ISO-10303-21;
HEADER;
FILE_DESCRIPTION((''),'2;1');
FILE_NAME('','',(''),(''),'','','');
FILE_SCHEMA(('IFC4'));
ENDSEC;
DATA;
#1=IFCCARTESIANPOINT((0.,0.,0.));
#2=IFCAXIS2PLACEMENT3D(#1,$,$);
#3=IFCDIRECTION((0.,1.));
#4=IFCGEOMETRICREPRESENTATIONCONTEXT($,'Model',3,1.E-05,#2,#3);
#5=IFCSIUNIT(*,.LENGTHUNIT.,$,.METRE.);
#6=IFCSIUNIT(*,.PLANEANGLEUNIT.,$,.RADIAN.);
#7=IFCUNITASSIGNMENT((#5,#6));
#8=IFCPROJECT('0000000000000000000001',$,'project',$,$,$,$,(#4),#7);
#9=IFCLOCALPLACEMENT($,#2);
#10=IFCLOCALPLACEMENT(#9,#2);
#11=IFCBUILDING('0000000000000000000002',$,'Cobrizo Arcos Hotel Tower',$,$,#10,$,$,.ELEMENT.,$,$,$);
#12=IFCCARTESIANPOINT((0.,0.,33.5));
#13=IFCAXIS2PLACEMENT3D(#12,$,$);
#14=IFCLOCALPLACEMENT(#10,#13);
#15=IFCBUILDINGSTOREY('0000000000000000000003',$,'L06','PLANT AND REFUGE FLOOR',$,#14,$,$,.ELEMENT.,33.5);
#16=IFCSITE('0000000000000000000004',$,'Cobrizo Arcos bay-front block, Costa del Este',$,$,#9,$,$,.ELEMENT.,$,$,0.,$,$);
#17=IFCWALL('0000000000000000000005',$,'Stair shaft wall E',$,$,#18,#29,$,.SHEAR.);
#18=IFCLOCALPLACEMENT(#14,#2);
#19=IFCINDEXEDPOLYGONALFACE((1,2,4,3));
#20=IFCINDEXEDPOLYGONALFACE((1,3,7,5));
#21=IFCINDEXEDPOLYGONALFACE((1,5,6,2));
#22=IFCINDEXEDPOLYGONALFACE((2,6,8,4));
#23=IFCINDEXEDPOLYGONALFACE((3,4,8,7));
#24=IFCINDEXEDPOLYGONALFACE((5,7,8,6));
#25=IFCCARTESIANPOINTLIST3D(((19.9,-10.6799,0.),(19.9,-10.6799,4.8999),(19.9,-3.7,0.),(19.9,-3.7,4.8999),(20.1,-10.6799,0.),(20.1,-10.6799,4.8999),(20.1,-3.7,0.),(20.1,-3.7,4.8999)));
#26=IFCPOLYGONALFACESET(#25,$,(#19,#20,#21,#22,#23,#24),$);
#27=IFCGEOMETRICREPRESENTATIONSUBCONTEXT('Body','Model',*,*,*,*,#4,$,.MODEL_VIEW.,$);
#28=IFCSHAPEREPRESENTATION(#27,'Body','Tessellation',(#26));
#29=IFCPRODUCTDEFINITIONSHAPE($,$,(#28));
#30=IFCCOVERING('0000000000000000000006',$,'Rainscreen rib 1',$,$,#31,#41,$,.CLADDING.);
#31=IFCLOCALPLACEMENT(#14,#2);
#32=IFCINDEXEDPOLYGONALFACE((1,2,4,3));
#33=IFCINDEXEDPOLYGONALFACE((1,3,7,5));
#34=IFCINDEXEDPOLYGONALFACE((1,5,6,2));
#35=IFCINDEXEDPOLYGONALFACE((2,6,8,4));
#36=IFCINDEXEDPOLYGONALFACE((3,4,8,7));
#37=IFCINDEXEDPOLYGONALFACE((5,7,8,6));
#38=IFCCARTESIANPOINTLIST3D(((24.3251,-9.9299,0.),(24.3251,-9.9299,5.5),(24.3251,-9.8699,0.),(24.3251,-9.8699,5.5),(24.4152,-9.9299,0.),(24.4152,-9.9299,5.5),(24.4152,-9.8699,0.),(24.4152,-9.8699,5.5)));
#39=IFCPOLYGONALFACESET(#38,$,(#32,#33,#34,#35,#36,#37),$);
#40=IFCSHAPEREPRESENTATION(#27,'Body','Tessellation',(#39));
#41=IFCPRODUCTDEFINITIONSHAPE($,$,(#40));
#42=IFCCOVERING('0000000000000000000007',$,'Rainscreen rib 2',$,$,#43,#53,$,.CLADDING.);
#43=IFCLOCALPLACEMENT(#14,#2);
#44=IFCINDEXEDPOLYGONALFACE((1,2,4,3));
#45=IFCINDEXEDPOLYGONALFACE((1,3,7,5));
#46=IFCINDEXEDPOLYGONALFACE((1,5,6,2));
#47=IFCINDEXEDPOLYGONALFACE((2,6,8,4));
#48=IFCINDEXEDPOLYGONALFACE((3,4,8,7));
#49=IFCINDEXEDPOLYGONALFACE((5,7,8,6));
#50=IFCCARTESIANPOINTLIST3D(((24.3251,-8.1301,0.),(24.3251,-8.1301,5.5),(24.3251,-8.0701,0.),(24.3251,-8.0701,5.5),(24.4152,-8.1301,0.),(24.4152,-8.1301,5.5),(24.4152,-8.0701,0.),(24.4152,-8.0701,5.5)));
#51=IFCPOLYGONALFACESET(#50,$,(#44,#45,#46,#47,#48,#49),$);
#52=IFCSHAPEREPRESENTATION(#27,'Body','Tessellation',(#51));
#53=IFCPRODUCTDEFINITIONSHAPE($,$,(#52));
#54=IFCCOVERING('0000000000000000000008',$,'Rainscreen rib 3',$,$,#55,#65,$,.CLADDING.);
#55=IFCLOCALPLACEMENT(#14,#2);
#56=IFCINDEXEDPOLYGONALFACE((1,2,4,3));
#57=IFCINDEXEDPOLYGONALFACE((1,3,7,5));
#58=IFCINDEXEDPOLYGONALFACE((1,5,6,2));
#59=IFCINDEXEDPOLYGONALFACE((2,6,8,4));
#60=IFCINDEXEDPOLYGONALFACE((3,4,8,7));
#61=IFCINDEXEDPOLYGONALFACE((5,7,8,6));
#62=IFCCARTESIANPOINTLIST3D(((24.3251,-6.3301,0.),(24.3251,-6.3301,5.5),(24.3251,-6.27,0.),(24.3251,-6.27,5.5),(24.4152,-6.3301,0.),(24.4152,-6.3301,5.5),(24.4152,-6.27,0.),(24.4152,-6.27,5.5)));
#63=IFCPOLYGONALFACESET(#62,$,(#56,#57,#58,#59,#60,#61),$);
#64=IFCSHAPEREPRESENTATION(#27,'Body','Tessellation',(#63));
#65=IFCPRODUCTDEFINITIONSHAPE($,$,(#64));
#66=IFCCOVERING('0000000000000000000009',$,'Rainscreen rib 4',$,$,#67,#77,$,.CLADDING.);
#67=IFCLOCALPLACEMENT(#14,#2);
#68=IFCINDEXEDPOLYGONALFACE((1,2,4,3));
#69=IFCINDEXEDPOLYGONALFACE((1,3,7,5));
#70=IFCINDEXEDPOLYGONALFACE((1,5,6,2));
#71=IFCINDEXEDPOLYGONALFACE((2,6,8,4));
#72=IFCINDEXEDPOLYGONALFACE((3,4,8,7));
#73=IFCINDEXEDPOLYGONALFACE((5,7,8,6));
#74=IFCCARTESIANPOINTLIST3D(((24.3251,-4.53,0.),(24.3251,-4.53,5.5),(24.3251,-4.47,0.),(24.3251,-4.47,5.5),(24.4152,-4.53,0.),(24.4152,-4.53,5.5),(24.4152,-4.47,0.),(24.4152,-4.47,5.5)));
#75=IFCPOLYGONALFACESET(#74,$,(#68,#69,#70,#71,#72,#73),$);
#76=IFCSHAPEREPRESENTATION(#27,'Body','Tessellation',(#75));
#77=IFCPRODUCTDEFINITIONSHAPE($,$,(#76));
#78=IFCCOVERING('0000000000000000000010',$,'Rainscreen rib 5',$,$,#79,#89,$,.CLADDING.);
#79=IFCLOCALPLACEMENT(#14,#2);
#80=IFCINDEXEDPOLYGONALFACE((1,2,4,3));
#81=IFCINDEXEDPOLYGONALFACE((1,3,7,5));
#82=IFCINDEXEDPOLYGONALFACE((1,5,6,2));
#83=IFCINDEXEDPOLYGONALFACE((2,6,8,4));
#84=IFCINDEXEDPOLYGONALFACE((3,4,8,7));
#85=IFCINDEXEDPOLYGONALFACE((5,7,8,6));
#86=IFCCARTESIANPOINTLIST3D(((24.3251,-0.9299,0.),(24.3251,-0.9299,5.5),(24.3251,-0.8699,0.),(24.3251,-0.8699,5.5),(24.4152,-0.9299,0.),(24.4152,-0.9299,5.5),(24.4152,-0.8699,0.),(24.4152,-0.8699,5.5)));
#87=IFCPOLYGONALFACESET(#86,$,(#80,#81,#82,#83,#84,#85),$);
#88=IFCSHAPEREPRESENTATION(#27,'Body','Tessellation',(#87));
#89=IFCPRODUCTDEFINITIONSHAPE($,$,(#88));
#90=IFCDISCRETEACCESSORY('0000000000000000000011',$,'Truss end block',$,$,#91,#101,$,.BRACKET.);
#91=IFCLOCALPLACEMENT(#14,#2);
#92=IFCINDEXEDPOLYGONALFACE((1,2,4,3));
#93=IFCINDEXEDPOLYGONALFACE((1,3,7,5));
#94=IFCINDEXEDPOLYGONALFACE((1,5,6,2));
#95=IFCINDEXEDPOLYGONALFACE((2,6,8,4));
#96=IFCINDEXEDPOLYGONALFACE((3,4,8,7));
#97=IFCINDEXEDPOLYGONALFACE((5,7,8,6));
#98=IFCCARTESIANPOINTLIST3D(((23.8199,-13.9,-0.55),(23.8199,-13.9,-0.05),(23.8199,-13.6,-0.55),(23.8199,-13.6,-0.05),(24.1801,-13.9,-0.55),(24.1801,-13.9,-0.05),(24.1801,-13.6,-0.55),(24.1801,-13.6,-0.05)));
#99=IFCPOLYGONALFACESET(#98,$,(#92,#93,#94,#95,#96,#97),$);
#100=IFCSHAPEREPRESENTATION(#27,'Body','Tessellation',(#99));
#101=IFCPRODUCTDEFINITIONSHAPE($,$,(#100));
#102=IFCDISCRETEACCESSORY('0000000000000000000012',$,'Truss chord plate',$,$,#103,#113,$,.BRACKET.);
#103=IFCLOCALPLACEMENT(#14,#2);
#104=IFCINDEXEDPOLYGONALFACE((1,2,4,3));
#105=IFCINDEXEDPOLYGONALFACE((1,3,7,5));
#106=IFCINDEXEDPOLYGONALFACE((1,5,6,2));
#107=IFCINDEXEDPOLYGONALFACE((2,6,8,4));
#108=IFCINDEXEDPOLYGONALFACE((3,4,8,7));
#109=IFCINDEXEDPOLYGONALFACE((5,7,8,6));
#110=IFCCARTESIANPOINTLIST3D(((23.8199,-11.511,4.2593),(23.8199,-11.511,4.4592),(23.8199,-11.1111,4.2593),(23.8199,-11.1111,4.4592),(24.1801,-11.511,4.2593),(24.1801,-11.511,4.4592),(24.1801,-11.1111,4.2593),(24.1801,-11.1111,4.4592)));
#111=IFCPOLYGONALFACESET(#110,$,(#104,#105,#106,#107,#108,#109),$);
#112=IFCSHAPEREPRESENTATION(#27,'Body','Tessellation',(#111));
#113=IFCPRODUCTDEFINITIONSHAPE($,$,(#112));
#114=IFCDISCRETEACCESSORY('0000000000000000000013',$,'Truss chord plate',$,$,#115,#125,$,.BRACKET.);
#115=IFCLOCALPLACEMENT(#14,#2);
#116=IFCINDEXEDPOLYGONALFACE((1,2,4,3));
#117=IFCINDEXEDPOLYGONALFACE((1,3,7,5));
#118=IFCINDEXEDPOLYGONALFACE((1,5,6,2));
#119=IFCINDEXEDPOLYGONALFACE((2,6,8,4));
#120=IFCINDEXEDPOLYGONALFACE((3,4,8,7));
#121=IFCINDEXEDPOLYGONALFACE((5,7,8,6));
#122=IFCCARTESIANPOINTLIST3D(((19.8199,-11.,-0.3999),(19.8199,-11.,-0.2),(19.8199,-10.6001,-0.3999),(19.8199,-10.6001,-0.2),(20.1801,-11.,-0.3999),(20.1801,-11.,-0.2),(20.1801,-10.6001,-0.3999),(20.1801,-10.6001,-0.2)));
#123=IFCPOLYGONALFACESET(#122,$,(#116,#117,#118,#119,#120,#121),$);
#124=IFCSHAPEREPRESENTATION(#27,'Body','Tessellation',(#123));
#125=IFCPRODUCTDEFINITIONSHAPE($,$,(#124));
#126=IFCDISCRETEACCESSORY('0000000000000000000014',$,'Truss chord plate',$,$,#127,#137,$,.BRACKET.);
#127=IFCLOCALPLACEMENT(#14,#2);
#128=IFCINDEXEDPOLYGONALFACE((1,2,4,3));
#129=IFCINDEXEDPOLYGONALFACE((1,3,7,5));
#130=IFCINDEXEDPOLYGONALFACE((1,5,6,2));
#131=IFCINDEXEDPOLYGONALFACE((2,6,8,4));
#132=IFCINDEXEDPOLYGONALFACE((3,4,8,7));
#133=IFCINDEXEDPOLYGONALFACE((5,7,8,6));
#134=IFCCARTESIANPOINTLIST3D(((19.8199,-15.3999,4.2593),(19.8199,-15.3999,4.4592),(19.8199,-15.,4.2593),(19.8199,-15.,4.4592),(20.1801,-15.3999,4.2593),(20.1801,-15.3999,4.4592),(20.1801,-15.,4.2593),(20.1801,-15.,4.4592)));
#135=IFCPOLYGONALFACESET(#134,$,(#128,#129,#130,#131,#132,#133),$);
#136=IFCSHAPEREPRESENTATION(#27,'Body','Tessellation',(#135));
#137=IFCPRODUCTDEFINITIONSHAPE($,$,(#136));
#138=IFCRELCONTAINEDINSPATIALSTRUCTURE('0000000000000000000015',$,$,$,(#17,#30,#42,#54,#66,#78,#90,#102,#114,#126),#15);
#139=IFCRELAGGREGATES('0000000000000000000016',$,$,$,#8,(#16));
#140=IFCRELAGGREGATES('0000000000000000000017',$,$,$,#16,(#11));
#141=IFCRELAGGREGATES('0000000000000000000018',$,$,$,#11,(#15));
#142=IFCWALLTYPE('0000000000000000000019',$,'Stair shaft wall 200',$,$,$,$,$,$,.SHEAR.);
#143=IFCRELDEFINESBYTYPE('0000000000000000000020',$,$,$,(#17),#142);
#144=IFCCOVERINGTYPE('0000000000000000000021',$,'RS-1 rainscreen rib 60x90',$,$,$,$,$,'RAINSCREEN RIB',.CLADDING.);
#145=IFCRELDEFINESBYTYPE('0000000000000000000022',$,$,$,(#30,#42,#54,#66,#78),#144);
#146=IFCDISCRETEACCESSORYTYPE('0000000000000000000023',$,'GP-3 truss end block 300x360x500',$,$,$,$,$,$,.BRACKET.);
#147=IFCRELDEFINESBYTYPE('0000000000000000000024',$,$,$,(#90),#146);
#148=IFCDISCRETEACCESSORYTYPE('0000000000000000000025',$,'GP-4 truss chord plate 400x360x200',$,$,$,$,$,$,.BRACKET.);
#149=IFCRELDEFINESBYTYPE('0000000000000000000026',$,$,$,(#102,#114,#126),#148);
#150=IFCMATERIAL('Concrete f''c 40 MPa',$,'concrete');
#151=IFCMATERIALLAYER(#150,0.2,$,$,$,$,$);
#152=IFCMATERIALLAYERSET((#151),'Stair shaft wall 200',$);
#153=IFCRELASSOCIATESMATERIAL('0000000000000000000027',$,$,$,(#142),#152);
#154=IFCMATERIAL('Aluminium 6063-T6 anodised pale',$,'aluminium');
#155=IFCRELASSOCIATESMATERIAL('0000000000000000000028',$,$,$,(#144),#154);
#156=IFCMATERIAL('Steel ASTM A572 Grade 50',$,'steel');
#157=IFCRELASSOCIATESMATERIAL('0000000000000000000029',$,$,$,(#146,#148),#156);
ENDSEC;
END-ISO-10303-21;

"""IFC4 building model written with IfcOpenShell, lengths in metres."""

from ifc_helpers import new_model, si_unit, direction, frame, frame_2d, origin, origin_2d, place, context, subcontext, project, spatial, rectangle, extrude, material, layer, layer_set, type_object, element, save


model = new_model("IFC4")

# Units and contexts
model_context = context("Model", 3, precision=1e-05, world=origin(), true_north=direction((0.0, 1.0)))
body_context = subcontext(model_context, "Body", "Model", "MODEL_VIEW")
ifc_project = project(units=[si_unit("LENGTHUNIT", "METRE"), si_unit("PLANEANGLEUNIT", "RADIAN")], contexts=[model_context])

# Site, building, storey
site_placement = place(None, origin())
site = spatial("IfcSite", under=ifc_project, at=site_placement, Name="Cobrizo Arcos bay-front block, Costa del Este", CompositionType="ELEMENT", RefElevation=0.0)
building_placement = place(site_placement, origin())
building = spatial("IfcBuilding", under=site, at=building_placement, Name="Cobrizo Arcos Hotel Tower", CompositionType="ELEMENT")
storey_placement = place(building_placement, frame((0.0, 0.0, 33.5)))
storey = spatial("IfcBuildingStorey", under=building, at=storey_placement, Name="L06", Description="PLANT AND REFUGE FLOOR", CompositionType="ELEMENT", Elevation=33.5)

# Shared definitions
ifc_material_1 = material(Name="Steel ASTM A572 Grade 50", Category="steel")

# Wall
ifc_material_2 = material(Name="Concrete f'c 40 MPa", Category="concrete")
ifc_layer_1 = layer(ifc_material_2, 0.2)
ifc_layer_set_1 = layer_set([ifc_layer_1], Name="Stair shaft wall 200")
wall_type_1 = type_object("IfcWallType", Name="Stair shaft wall 200", PredefinedType="SHEAR", material=ifc_layer_set_1)
wall_1_placement = place(storey_placement, frame((20.0, -10.6799, 0.0), z_axis=(0.0, 0.0, 1.0), x_axis=(0.0, 1.0, 0.0)))
element("IfcWall", 1, at=wall_1_placement, inside=storey, type_object=wall_type_1, Name="Stair shaft wall E", PredefinedType="SHEAR", context=body_context, shape_type="SweptSolid", body=[
    extrude(rectangle(XDim=6.98, YDim=0.2, at=frame_2d((3.49, 0.0))), origin(), (0.0, 0.0, 1.0), 4.8999),
])

# Coverings
ifc_material_3 = material(Name="Aluminium 6063-T6 anodised pale", Category="aluminium")
covering_type = type_object("IfcCoveringType", Name="RS-1 rainscreen rib 60x90", ElementType="RAINSCREEN RIB", PredefinedType="CLADDING", material=ifc_material_3)
for number, where, z_axis, x_axis, name in (
    (2, (24.3701, -9.8999, 0.0), (0.0, 0.0, 1.0), (0.0, 1.0, 0.0), "Rainscreen rib 1"),
    (3, (24.3701, -8.1001, 0.0), (0.0, 0.0, 1.0), (0.0, 1.0, 0.0), "Rainscreen rib 2"),
    (4, (24.3701, -6.3, 0.0), (0.0, 0.0, 1.0), (0.0, 1.0, 0.0), "Rainscreen rib 3"),
    (5, (24.3701, -4.5, 0.0), (0.0, 0.0, 1.0), (0.0, 1.0, 0.0), "Rainscreen rib 4"),
    (6, (24.3701, -0.8999, 0.0), (0.0, 0.0, 1.0), (0.0, 1.0, 0.0), "Rainscreen rib 5"),
):
    element("IfcCovering", number, at=place(storey_placement, frame(where, z_axis=z_axis, x_axis=x_axis)), inside=storey, type_object=covering_type, Name=name, PredefinedType="CLADDING", context=body_context, shape_type="SweptSolid", body=[
        extrude(rectangle(XDim=0.0601, YDim=0.0901, at=origin_2d()), origin(), (0.0, 0.0, 1.0), 5.5),
    ])

# Discrete accessories
discrete_accessory_type_1 = type_object("IfcDiscreteAccessoryType", Name="GP-3 truss end block 300x360x500", PredefinedType="BRACKET", material=ifc_material_1)
discrete_accessory_placement = place(storey_placement, frame((24.0, -13.75, -0.55), z_axis=(0.0, 0.0, 1.0), x_axis=(0.0, 1.0, 0.0)))
element("IfcDiscreteAccessory", 7, at=discrete_accessory_placement, inside=storey, type_object=discrete_accessory_type_1, Name="Truss end block", PredefinedType="BRACKET", context=body_context, shape_type="SweptSolid", body=[
    extrude(rectangle(XDim=0.3, YDim=0.3601, at=origin_2d()), origin(), (0.0, 0.0, 1.0), 0.5),
])
discrete_accessory_type_2 = type_object("IfcDiscreteAccessoryType", Name="GP-4 truss chord plate 400x360x200", PredefinedType="BRACKET", material=ifc_material_1)
for number, where, z_axis, x_axis, name in (
    (8, (24.0, -11.311, 4.2593), (0.0, 0.0, 1.0), (0.0, 1.0, 0.0), "Truss chord plate"),
    (9, (20.0, -10.8, -0.3999), (0.0, 0.0, 1.0), (0.0, -1.0, 0.0), "Truss chord plate"),
    (10, (20.0, -15.2, 4.2593), (0.0, 0.0, 1.0), (0.0, -1.0, 0.0), "Truss chord plate"),
):
    element("IfcDiscreteAccessory", number, at=place(storey_placement, frame(where, z_axis=z_axis, x_axis=x_axis)), inside=storey, type_object=discrete_accessory_type_2, Name=name, PredefinedType="BRACKET", context=body_context, shape_type="SweptSolid", body=[
        extrude(rectangle(XDim=0.3999, YDim=0.3601, at=origin_2d()), origin(), (0.0, 0.0, 1.0), 0.2),
    ])

save(model, "model.ifc")
